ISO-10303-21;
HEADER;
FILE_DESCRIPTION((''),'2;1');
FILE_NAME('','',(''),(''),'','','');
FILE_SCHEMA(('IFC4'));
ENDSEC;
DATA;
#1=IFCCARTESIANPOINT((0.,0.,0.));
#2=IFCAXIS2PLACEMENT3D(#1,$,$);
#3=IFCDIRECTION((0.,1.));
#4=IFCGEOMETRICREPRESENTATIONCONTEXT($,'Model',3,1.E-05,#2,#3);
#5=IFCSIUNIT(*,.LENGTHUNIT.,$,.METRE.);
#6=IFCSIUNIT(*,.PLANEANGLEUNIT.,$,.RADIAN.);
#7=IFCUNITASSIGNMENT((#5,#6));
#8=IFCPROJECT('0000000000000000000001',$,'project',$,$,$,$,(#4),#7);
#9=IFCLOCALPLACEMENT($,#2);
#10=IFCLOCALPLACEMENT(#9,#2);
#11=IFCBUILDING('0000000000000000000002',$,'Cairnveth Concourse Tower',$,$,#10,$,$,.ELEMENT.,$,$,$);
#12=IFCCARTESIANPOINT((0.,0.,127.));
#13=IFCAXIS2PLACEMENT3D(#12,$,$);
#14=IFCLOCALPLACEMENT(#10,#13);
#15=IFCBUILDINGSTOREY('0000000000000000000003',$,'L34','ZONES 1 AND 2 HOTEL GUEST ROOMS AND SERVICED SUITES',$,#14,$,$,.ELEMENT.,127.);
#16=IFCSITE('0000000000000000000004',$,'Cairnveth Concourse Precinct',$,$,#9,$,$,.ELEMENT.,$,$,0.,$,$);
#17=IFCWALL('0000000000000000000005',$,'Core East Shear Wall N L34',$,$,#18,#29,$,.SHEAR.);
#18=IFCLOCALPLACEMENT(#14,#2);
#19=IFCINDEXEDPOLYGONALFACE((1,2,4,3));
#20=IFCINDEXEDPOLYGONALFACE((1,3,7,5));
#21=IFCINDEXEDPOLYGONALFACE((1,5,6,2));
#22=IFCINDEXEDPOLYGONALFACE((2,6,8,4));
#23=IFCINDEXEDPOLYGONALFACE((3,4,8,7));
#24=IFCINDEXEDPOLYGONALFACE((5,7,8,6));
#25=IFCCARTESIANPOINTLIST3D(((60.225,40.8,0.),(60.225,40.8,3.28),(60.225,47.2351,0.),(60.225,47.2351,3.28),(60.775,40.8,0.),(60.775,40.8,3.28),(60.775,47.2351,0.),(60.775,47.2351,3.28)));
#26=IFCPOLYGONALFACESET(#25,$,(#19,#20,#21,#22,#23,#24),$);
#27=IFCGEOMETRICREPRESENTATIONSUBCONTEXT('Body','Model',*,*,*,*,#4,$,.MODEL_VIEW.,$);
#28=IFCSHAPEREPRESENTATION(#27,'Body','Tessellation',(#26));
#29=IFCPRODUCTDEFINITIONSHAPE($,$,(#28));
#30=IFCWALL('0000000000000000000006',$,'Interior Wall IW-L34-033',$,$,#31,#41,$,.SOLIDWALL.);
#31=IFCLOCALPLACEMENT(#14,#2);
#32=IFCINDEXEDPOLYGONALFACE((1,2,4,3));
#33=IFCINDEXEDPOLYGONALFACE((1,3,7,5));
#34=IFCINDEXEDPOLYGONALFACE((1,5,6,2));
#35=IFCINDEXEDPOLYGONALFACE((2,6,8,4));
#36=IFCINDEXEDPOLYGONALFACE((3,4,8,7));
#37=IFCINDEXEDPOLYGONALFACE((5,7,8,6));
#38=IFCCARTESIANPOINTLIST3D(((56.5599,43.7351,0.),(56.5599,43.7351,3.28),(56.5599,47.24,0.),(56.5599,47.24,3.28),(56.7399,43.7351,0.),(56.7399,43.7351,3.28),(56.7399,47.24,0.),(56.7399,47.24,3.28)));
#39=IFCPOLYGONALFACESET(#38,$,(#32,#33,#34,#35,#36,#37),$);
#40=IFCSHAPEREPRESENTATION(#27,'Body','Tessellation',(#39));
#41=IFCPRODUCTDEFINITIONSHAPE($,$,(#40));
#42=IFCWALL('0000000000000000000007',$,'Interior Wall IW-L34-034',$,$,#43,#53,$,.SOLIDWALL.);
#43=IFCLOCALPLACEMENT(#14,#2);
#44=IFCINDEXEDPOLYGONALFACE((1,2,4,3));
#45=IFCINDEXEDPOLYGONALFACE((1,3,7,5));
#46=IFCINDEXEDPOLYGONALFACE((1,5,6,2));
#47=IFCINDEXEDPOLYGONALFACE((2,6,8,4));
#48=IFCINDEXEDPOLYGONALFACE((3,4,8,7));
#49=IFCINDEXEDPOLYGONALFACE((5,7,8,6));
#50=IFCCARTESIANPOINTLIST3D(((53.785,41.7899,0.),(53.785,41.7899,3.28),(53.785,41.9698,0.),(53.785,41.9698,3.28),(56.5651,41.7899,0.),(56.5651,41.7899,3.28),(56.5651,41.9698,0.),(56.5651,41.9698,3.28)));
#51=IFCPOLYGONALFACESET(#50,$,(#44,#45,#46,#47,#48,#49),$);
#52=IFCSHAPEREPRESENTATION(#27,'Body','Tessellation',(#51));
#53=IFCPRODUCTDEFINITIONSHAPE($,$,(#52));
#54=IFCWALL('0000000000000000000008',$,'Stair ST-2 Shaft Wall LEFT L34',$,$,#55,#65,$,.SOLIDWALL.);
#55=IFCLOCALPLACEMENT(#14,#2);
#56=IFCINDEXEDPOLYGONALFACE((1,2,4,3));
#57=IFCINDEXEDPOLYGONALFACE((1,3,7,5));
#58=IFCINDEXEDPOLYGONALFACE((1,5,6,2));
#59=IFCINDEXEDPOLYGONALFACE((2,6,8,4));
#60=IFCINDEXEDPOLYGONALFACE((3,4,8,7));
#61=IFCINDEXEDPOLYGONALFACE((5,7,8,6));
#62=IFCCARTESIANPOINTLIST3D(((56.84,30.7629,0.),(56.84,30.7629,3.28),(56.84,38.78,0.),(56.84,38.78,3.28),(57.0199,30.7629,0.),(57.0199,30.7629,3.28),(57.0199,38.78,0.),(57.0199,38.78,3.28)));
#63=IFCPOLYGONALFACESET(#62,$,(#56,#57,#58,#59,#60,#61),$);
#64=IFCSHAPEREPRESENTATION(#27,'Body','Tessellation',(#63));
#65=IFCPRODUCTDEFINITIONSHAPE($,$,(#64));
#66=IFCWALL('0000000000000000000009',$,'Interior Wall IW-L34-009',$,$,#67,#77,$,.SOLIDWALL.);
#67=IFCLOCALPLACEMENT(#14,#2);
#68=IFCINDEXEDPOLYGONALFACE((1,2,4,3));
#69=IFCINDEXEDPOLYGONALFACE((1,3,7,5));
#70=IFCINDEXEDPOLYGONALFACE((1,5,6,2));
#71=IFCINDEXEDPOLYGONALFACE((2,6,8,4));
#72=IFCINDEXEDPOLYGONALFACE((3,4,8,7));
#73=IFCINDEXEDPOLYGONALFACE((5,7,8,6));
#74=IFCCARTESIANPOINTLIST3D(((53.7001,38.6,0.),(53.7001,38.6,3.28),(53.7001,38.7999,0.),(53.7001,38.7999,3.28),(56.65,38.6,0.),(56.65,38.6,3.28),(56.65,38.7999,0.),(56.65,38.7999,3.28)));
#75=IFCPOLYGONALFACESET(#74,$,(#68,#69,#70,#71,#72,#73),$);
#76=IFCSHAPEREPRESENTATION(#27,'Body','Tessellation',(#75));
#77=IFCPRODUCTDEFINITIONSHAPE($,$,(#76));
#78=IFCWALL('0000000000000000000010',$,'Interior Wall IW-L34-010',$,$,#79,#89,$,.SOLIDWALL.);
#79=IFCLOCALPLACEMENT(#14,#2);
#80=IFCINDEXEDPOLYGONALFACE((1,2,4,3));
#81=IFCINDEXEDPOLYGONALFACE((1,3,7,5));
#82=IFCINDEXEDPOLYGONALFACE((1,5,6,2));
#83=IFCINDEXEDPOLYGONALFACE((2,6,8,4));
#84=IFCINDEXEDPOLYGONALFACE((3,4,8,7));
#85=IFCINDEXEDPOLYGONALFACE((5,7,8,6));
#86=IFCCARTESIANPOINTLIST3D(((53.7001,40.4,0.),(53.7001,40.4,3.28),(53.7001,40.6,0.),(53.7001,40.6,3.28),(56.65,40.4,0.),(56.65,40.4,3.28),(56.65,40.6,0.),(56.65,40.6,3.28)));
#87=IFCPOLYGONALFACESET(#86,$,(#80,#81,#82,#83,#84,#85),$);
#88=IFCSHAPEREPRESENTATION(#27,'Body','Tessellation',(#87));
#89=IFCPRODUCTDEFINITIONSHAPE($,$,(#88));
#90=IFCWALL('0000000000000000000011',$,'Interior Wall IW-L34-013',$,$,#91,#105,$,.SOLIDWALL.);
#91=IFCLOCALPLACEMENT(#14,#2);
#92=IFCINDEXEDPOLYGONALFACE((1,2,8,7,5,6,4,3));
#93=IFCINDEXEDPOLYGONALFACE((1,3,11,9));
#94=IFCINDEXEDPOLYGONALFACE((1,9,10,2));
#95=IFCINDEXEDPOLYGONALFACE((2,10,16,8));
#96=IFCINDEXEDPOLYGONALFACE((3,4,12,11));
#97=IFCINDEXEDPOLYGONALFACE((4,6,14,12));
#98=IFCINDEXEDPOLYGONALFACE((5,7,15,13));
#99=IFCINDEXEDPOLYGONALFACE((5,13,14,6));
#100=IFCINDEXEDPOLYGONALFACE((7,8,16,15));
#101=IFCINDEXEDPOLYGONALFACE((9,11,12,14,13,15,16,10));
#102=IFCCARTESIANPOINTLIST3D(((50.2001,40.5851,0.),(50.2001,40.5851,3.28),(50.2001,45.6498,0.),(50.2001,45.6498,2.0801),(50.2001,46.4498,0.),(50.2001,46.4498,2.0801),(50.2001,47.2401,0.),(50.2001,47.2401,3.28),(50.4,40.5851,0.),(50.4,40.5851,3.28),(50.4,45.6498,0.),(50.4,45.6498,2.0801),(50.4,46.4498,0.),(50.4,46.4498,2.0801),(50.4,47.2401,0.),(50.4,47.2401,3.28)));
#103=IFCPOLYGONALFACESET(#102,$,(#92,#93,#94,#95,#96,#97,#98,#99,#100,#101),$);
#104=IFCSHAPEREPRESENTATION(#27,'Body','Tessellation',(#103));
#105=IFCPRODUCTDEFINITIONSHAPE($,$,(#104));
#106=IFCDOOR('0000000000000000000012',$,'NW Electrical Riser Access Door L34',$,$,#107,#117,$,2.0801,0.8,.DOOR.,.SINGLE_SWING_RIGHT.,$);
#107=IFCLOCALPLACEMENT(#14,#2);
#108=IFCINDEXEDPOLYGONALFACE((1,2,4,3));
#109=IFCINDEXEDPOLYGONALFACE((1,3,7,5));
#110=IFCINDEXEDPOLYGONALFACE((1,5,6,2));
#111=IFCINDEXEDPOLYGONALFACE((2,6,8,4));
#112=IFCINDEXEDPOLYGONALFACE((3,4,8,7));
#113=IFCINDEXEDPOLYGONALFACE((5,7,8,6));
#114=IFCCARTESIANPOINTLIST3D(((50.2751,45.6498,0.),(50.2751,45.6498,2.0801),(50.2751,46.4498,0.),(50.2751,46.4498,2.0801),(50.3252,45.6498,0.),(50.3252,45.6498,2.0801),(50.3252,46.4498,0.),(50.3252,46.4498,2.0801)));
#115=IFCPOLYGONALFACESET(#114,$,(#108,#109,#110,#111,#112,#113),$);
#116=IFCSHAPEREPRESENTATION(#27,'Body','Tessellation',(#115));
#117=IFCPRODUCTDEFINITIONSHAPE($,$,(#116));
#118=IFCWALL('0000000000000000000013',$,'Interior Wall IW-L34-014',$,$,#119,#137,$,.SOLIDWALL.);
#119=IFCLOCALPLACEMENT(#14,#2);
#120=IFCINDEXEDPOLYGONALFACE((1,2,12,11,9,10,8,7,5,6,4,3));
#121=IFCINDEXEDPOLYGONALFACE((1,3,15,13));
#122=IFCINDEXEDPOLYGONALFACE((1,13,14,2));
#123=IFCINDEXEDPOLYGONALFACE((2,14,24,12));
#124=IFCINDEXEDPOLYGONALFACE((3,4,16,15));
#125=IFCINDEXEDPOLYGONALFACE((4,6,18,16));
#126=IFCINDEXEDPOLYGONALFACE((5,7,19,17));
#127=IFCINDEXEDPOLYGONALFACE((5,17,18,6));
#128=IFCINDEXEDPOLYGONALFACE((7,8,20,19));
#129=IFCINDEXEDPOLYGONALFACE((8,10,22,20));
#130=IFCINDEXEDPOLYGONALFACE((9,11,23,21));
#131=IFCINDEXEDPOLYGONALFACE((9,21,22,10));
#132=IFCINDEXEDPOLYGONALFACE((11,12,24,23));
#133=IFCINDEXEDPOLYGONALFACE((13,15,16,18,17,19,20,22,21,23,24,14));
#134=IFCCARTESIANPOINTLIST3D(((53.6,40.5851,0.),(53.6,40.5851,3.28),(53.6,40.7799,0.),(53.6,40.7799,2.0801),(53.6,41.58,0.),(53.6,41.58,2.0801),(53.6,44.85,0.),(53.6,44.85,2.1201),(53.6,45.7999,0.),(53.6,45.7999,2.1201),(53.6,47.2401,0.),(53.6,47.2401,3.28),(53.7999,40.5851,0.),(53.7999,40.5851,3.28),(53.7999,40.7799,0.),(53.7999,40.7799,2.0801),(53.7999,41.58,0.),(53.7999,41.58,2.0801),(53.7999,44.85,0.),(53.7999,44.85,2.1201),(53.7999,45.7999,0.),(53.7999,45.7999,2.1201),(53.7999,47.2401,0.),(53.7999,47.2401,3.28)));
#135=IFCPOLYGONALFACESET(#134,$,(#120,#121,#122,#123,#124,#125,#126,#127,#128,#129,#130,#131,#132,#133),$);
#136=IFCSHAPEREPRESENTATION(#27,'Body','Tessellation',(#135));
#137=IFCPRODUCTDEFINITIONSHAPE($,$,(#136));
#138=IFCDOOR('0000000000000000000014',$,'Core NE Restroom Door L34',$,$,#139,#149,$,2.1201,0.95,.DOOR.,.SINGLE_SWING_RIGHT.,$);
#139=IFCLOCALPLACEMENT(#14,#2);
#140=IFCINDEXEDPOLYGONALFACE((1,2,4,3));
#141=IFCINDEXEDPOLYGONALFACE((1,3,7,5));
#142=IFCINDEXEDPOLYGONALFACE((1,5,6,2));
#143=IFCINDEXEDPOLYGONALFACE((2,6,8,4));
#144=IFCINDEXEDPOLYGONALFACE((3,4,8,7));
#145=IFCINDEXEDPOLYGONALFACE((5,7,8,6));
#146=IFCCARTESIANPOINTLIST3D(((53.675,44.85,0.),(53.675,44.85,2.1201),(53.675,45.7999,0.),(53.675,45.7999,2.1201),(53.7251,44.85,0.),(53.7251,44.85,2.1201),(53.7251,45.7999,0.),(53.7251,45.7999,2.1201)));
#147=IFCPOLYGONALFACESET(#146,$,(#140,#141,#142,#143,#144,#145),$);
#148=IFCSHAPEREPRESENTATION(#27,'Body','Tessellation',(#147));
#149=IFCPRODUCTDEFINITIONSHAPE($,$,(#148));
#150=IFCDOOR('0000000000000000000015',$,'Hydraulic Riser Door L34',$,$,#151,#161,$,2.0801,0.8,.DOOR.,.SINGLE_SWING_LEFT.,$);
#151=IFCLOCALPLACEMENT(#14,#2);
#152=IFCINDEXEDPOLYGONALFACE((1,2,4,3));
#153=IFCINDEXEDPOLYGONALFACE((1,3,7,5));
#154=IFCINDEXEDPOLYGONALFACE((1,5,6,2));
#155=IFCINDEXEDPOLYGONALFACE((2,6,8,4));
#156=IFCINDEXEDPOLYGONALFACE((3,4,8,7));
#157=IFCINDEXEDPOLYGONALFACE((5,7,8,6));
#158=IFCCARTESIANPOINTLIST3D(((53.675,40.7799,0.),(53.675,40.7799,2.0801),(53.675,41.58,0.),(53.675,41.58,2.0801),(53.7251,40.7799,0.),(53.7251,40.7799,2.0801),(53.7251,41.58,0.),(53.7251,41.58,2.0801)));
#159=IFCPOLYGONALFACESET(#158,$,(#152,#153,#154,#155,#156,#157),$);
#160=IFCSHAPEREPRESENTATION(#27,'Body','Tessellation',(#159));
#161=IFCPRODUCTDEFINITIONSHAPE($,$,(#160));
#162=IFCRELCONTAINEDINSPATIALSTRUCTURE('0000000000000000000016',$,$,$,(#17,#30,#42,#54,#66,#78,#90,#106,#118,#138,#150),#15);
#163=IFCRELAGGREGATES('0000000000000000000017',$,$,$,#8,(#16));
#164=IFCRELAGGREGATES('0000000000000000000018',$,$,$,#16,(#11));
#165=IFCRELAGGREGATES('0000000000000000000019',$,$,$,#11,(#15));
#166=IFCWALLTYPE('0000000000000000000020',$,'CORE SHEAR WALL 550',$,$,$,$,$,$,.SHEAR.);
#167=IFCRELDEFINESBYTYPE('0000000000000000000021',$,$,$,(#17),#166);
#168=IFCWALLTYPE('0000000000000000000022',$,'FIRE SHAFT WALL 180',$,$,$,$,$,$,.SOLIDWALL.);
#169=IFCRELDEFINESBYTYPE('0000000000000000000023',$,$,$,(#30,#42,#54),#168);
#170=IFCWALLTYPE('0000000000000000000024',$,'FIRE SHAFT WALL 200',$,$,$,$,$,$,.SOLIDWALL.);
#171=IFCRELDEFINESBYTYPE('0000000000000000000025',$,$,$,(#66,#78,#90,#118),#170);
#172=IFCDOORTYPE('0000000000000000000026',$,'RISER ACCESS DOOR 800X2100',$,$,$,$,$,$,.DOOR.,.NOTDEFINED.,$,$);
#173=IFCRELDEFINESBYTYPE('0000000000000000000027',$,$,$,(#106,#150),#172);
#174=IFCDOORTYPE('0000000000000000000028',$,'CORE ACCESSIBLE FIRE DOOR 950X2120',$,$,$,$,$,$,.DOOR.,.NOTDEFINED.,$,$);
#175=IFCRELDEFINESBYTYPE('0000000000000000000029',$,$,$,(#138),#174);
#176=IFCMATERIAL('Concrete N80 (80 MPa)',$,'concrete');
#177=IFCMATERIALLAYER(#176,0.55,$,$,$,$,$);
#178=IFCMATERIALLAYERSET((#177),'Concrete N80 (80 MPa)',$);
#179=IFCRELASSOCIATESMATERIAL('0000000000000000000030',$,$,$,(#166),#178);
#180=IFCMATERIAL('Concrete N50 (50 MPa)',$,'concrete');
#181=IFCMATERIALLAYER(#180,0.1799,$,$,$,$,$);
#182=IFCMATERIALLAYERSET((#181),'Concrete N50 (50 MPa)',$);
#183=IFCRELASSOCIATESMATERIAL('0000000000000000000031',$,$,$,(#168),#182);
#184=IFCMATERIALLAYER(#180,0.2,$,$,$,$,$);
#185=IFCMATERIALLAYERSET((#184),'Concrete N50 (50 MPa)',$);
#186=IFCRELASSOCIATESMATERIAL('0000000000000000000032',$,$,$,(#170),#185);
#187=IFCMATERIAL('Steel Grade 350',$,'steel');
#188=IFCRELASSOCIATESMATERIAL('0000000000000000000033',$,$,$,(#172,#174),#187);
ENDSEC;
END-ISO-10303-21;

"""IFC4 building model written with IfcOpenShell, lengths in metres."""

from ifc_helpers import new_model, si_unit, direction, frame, frame_2d, origin, place, context, subcontext, project, spatial, rectangle, extrude, material, layer, layer_set, type_object, element, fill, save


model = new_model("IFC4")

# Units and contexts
model_context = context("Model", 3, precision=1e-05, world=origin(), true_north=direction((0.0, 1.0)))
body_context = subcontext(model_context, "Body", "Model", "MODEL_VIEW")
ifc_project = project(units=[si_unit("LENGTHUNIT", "METRE"), si_unit("PLANEANGLEUNIT", "RADIAN")], contexts=[model_context])

# Site, building, storey
site_placement = place(None, origin())
site = spatial("IfcSite", under=ifc_project, at=site_placement, Name="Cairnveth Concourse Precinct", CompositionType="ELEMENT", RefElevation=0.0)
building_placement = place(site_placement, origin())
building = spatial("IfcBuilding", under=site, at=building_placement, Name="Cairnveth Concourse Tower", CompositionType="ELEMENT")
storey_placement = place(building_placement, frame((0.0, 0.0, 127.0)))
storey = spatial("IfcBuildingStorey", under=building, at=storey_placement, Name="L34", Description="ZONES 1 AND 2 HOTEL GUEST ROOMS AND SERVICED SUITES", CompositionType="ELEMENT", Elevation=127.0)

# Walls
ifc_material_1 = material(Name="Concrete N80 (80 MPa)", Category="concrete")
ifc_layer_1 = layer(ifc_material_1, 0.55)
ifc_layer_set_1 = layer_set([ifc_layer_1], Name="Concrete N80 (80 MPa)")
wall_type_1 = type_object("IfcWallType", Name="CORE SHEAR WALL 550", PredefinedType="SHEAR", material=ifc_layer_set_1)
wall_1_placement = place(storey_placement, frame((60.5, 40.8, 0.0), z_axis=(0.0, 0.0, 1.0), x_axis=(0.0, 1.0, 0.0)))
element("IfcWall", 1, at=wall_1_placement, inside=storey, type_object=wall_type_1, Name="Core East Shear Wall N L34", PredefinedType="SHEAR", context=body_context, shape_type="SweptSolid", body=[
    extrude(rectangle(XDim=6.4351, YDim=0.55, at=frame_2d((3.2175, 0.0))), origin(), (0.0, 0.0, 1.0), 3.28),
])
ifc_material_2 = material(Name="Concrete N50 (50 MPa)", Category="concrete")
ifc_layer_2 = layer(ifc_material_2, 0.1799)
ifc_layer_set_2 = layer_set([ifc_layer_2], Name="Concrete N50 (50 MPa)")
wall_type_2 = type_object("IfcWallType", Name="FIRE SHAFT WALL 180", PredefinedType="SOLIDWALL", material=ifc_layer_set_2)
wall_2_placement = place(storey_placement, frame((56.6499, 43.7351, 0.0), z_axis=(0.0, 0.0, 1.0), x_axis=(0.0, 1.0, 0.0)))
element("IfcWall", 2, at=wall_2_placement, inside=storey, type_object=wall_type_2, Name="Interior Wall IW-L34-033", PredefinedType="SOLIDWALL", context=body_context, shape_type="SweptSolid", body=[
    extrude(rectangle(XDim=3.5049, YDim=0.1799, at=frame_2d((1.7524, 0.0))), origin(), (0.0, 0.0, 1.0), 3.28),
])
wall_3_placement = place(storey_placement, frame((53.7849, 41.8799, 0.0), z_axis=(0.0, 0.0, 1.0), x_axis=(1.0, 0.0, 0.0)))
element("IfcWall", 3, at=wall_3_placement, inside=storey, type_object=wall_type_2, Name="Interior Wall IW-L34-034", PredefinedType="SOLIDWALL", context=body_context, shape_type="SweptSolid", body=[
    extrude(rectangle(XDim=2.78, YDim=0.1799, at=frame_2d((1.3901, 0.0))), origin(), (0.0, 0.0, 1.0), 3.28),
])

# Shared definitions
ifc_material_3 = material(Name="Steel Grade 350", Category="steel")

# Walls
wall_4_placement = place(storey_placement, frame((56.9299, 38.78, 0.0), z_axis=(0.0, 0.0, 1.0), x_axis=(0.0, -1.0, 0.0)))
element("IfcWall", 4, at=wall_4_placement, inside=storey, type_object=wall_type_2, Name="Stair ST-2 Shaft Wall LEFT L34", PredefinedType="SOLIDWALL", context=body_context, shape_type="SweptSolid", body=[
    extrude(rectangle(XDim=8.0171, YDim=0.1799, at=frame_2d((4.0085, 0.0))), origin(), (0.0, 0.0, 1.0), 3.28),
])
ifc_layer_3 = layer(ifc_material_2, 0.2)
ifc_layer_set_3 = layer_set([ifc_layer_3], Name="Concrete N50 (50 MPa)")
wall_type_3 = type_object("IfcWallType", Name="FIRE SHAFT WALL 200", PredefinedType="SOLIDWALL", material=ifc_layer_set_3)
for number, where, z_axis, x_axis, name in (
    (5, (53.7, 38.7, 0.0), (0.0, 0.0, 1.0), (1.0, 0.0, 0.0), "Interior Wall IW-L34-009"),
    (6, (53.7, 40.5, 0.0), (0.0, 0.0, 1.0), (1.0, 0.0, 0.0), "Interior Wall IW-L34-010"),
):
    element("IfcWall", number, at=place(storey_placement, frame(where, z_axis=z_axis, x_axis=x_axis)), inside=storey, type_object=wall_type_3, Name=name, PredefinedType="SOLIDWALL", context=body_context, shape_type="SweptSolid", body=[
        extrude(rectangle(XDim=2.95, YDim=0.2, at=frame_2d((1.4751, 0.0))), origin(), (0.0, 0.0, 1.0), 3.28),
    ])

# Wall, opening, door
wall_5_placement = place(storey_placement, frame((50.3, 40.585, 0.0), z_axis=(0.0, 0.0, 1.0), x_axis=(0.0, 1.0, 0.0)))
wall_5 = element("IfcWall", 7, at=wall_5_placement, inside=storey, type_object=wall_type_3, Name="Interior Wall IW-L34-013", PredefinedType="SOLIDWALL", context=body_context, shape_type="SweptSolid", body=[
    extrude(rectangle(XDim=6.655, YDim=0.2, at=frame_2d((3.3276, 0.0))), origin(), (0.0, 0.0, 1.0), 3.28),
])
opening_1_placement = place(wall_5_placement, frame((5.0649, 0.0, 0.0)))
opening_1 = element("IfcOpeningElement", 8, at=opening_1_placement, cuts=wall_5, PredefinedType="OPENING", context=body_context, shape_type="SweptSolid", body=[
    extrude(rectangle(XDim=0.8, YDim=2.0801, at=frame_2d((0.3999, 1.04))), frame((0.0, 0.1099, 0.0), z_axis=(0.0, -1.0, 0.0), x_axis=(1.0, 0.0, 0.0)), (0.0, 0.0, 1.0), 0.22),
])
door_type_1 = type_object("IfcDoorType", Name="RISER ACCESS DOOR 800X2100", OperationType="NOTDEFINED", PredefinedType="DOOR", material=ifc_material_3)
door_1_placement = place(opening_1_placement, origin())
door_1 = element("IfcDoor", 9, at=door_1_placement, inside=storey, type_object=door_type_1, Name="NW Electrical Riser Access Door L34", OperationType="SINGLE_SWING_RIGHT", OverallHeight=2.0801, OverallWidth=0.8, PredefinedType="DOOR", context=body_context, shape_type="SweptSolid", body=[
    extrude(rectangle(XDim=0.8, YDim=2.0801, at=frame_2d((0.3999, 1.04))), frame((0.0, 0.0249, 0.0), z_axis=(0.0, -1.0, 0.0), x_axis=(1.0, 0.0, 0.0)), (0.0, 0.0, 1.0), 0.05),
])
fill(opening_1, door_1)

# Wall, openings, doors
wall_6_placement = place(storey_placement, frame((53.7, 40.585, 0.0), z_axis=(0.0, 0.0, 1.0), x_axis=(0.0, 1.0, 0.0)))
wall_6 = element("IfcWall", 10, at=wall_6_placement, inside=storey, type_object=wall_type_3, Name="Interior Wall IW-L34-014", PredefinedType="SOLIDWALL", context=body_context, shape_type="SweptSolid", body=[
    extrude(rectangle(XDim=6.655, YDim=0.2, at=frame_2d((3.3276, 0.0))), origin(), (0.0, 0.0, 1.0), 3.28),
])
opening_2_placement = place(wall_6_placement, frame((0.1951, 0.0, 0.0)))
opening_2 = element("IfcOpeningElement", 11, at=opening_2_placement, cuts=wall_6, PredefinedType="OPENING", context=body_context, shape_type="SweptSolid", body=[
    extrude(rectangle(XDim=0.8, YDim=2.0801, at=frame_2d((0.3999, 1.04))), frame((0.0, 0.1099, 0.0), z_axis=(0.0, -1.0, 0.0), x_axis=(1.0, 0.0, 0.0)), (0.0, 0.0, 1.0), 0.22),
])
opening_3_placement = place(wall_6_placement, frame((4.2649, 0.0, 0.0)))
opening_3 = element("IfcOpeningElement", 12, at=opening_3_placement, cuts=wall_6, PredefinedType="OPENING", context=body_context, shape_type="SweptSolid", body=[
    extrude(rectangle(XDim=0.95, YDim=2.1201, at=frame_2d((0.4751, 1.0601))), frame((0.0, 0.1099, 0.0), z_axis=(0.0, -1.0, 0.0), x_axis=(1.0, 0.0, 0.0)), (0.0, 0.0, 1.0), 0.22),
])
door_type_2 = type_object("IfcDoorType", Name="CORE ACCESSIBLE FIRE DOOR 950X2120", OperationType="NOTDEFINED", PredefinedType="DOOR", material=ifc_material_3)
door_2_placement = place(opening_3_placement, origin())
door_2 = element("IfcDoor", 13, at=door_2_placement, inside=storey, type_object=door_type_2, Name="Core NE Restroom Door L34", OperationType="SINGLE_SWING_RIGHT", OverallHeight=2.1201, OverallWidth=0.95, PredefinedType="DOOR", context=body_context, shape_type="SweptSolid", body=[
    extrude(rectangle(XDim=0.95, YDim=2.1201, at=frame_2d((0.4751, 1.0601))), frame((0.0, 0.0249, 0.0), z_axis=(0.0, -1.0, 0.0), x_axis=(1.0, 0.0, 0.0)), (0.0, 0.0, 1.0), 0.05),
])
fill(opening_3, door_2)
door_3_placement = place(opening_2_placement, origin())
door_3 = element("IfcDoor", 14, at=door_3_placement, inside=storey, type_object=door_type_1, Name="Hydraulic Riser Door L34", OperationType="SINGLE_SWING_LEFT", OverallHeight=2.0801, OverallWidth=0.8, PredefinedType="DOOR", context=body_context, shape_type="SweptSolid", body=[
    extrude(rectangle(XDim=0.8, YDim=2.0801, at=frame_2d((0.3999, 1.04))), frame((0.0, 0.0249, 0.0), z_axis=(0.0, -1.0, 0.0), x_axis=(1.0, 0.0, 0.0)), (0.0, 0.0, 1.0), 0.05),
])
fill(opening_2, door_3)

save(model, "model.ifc")
